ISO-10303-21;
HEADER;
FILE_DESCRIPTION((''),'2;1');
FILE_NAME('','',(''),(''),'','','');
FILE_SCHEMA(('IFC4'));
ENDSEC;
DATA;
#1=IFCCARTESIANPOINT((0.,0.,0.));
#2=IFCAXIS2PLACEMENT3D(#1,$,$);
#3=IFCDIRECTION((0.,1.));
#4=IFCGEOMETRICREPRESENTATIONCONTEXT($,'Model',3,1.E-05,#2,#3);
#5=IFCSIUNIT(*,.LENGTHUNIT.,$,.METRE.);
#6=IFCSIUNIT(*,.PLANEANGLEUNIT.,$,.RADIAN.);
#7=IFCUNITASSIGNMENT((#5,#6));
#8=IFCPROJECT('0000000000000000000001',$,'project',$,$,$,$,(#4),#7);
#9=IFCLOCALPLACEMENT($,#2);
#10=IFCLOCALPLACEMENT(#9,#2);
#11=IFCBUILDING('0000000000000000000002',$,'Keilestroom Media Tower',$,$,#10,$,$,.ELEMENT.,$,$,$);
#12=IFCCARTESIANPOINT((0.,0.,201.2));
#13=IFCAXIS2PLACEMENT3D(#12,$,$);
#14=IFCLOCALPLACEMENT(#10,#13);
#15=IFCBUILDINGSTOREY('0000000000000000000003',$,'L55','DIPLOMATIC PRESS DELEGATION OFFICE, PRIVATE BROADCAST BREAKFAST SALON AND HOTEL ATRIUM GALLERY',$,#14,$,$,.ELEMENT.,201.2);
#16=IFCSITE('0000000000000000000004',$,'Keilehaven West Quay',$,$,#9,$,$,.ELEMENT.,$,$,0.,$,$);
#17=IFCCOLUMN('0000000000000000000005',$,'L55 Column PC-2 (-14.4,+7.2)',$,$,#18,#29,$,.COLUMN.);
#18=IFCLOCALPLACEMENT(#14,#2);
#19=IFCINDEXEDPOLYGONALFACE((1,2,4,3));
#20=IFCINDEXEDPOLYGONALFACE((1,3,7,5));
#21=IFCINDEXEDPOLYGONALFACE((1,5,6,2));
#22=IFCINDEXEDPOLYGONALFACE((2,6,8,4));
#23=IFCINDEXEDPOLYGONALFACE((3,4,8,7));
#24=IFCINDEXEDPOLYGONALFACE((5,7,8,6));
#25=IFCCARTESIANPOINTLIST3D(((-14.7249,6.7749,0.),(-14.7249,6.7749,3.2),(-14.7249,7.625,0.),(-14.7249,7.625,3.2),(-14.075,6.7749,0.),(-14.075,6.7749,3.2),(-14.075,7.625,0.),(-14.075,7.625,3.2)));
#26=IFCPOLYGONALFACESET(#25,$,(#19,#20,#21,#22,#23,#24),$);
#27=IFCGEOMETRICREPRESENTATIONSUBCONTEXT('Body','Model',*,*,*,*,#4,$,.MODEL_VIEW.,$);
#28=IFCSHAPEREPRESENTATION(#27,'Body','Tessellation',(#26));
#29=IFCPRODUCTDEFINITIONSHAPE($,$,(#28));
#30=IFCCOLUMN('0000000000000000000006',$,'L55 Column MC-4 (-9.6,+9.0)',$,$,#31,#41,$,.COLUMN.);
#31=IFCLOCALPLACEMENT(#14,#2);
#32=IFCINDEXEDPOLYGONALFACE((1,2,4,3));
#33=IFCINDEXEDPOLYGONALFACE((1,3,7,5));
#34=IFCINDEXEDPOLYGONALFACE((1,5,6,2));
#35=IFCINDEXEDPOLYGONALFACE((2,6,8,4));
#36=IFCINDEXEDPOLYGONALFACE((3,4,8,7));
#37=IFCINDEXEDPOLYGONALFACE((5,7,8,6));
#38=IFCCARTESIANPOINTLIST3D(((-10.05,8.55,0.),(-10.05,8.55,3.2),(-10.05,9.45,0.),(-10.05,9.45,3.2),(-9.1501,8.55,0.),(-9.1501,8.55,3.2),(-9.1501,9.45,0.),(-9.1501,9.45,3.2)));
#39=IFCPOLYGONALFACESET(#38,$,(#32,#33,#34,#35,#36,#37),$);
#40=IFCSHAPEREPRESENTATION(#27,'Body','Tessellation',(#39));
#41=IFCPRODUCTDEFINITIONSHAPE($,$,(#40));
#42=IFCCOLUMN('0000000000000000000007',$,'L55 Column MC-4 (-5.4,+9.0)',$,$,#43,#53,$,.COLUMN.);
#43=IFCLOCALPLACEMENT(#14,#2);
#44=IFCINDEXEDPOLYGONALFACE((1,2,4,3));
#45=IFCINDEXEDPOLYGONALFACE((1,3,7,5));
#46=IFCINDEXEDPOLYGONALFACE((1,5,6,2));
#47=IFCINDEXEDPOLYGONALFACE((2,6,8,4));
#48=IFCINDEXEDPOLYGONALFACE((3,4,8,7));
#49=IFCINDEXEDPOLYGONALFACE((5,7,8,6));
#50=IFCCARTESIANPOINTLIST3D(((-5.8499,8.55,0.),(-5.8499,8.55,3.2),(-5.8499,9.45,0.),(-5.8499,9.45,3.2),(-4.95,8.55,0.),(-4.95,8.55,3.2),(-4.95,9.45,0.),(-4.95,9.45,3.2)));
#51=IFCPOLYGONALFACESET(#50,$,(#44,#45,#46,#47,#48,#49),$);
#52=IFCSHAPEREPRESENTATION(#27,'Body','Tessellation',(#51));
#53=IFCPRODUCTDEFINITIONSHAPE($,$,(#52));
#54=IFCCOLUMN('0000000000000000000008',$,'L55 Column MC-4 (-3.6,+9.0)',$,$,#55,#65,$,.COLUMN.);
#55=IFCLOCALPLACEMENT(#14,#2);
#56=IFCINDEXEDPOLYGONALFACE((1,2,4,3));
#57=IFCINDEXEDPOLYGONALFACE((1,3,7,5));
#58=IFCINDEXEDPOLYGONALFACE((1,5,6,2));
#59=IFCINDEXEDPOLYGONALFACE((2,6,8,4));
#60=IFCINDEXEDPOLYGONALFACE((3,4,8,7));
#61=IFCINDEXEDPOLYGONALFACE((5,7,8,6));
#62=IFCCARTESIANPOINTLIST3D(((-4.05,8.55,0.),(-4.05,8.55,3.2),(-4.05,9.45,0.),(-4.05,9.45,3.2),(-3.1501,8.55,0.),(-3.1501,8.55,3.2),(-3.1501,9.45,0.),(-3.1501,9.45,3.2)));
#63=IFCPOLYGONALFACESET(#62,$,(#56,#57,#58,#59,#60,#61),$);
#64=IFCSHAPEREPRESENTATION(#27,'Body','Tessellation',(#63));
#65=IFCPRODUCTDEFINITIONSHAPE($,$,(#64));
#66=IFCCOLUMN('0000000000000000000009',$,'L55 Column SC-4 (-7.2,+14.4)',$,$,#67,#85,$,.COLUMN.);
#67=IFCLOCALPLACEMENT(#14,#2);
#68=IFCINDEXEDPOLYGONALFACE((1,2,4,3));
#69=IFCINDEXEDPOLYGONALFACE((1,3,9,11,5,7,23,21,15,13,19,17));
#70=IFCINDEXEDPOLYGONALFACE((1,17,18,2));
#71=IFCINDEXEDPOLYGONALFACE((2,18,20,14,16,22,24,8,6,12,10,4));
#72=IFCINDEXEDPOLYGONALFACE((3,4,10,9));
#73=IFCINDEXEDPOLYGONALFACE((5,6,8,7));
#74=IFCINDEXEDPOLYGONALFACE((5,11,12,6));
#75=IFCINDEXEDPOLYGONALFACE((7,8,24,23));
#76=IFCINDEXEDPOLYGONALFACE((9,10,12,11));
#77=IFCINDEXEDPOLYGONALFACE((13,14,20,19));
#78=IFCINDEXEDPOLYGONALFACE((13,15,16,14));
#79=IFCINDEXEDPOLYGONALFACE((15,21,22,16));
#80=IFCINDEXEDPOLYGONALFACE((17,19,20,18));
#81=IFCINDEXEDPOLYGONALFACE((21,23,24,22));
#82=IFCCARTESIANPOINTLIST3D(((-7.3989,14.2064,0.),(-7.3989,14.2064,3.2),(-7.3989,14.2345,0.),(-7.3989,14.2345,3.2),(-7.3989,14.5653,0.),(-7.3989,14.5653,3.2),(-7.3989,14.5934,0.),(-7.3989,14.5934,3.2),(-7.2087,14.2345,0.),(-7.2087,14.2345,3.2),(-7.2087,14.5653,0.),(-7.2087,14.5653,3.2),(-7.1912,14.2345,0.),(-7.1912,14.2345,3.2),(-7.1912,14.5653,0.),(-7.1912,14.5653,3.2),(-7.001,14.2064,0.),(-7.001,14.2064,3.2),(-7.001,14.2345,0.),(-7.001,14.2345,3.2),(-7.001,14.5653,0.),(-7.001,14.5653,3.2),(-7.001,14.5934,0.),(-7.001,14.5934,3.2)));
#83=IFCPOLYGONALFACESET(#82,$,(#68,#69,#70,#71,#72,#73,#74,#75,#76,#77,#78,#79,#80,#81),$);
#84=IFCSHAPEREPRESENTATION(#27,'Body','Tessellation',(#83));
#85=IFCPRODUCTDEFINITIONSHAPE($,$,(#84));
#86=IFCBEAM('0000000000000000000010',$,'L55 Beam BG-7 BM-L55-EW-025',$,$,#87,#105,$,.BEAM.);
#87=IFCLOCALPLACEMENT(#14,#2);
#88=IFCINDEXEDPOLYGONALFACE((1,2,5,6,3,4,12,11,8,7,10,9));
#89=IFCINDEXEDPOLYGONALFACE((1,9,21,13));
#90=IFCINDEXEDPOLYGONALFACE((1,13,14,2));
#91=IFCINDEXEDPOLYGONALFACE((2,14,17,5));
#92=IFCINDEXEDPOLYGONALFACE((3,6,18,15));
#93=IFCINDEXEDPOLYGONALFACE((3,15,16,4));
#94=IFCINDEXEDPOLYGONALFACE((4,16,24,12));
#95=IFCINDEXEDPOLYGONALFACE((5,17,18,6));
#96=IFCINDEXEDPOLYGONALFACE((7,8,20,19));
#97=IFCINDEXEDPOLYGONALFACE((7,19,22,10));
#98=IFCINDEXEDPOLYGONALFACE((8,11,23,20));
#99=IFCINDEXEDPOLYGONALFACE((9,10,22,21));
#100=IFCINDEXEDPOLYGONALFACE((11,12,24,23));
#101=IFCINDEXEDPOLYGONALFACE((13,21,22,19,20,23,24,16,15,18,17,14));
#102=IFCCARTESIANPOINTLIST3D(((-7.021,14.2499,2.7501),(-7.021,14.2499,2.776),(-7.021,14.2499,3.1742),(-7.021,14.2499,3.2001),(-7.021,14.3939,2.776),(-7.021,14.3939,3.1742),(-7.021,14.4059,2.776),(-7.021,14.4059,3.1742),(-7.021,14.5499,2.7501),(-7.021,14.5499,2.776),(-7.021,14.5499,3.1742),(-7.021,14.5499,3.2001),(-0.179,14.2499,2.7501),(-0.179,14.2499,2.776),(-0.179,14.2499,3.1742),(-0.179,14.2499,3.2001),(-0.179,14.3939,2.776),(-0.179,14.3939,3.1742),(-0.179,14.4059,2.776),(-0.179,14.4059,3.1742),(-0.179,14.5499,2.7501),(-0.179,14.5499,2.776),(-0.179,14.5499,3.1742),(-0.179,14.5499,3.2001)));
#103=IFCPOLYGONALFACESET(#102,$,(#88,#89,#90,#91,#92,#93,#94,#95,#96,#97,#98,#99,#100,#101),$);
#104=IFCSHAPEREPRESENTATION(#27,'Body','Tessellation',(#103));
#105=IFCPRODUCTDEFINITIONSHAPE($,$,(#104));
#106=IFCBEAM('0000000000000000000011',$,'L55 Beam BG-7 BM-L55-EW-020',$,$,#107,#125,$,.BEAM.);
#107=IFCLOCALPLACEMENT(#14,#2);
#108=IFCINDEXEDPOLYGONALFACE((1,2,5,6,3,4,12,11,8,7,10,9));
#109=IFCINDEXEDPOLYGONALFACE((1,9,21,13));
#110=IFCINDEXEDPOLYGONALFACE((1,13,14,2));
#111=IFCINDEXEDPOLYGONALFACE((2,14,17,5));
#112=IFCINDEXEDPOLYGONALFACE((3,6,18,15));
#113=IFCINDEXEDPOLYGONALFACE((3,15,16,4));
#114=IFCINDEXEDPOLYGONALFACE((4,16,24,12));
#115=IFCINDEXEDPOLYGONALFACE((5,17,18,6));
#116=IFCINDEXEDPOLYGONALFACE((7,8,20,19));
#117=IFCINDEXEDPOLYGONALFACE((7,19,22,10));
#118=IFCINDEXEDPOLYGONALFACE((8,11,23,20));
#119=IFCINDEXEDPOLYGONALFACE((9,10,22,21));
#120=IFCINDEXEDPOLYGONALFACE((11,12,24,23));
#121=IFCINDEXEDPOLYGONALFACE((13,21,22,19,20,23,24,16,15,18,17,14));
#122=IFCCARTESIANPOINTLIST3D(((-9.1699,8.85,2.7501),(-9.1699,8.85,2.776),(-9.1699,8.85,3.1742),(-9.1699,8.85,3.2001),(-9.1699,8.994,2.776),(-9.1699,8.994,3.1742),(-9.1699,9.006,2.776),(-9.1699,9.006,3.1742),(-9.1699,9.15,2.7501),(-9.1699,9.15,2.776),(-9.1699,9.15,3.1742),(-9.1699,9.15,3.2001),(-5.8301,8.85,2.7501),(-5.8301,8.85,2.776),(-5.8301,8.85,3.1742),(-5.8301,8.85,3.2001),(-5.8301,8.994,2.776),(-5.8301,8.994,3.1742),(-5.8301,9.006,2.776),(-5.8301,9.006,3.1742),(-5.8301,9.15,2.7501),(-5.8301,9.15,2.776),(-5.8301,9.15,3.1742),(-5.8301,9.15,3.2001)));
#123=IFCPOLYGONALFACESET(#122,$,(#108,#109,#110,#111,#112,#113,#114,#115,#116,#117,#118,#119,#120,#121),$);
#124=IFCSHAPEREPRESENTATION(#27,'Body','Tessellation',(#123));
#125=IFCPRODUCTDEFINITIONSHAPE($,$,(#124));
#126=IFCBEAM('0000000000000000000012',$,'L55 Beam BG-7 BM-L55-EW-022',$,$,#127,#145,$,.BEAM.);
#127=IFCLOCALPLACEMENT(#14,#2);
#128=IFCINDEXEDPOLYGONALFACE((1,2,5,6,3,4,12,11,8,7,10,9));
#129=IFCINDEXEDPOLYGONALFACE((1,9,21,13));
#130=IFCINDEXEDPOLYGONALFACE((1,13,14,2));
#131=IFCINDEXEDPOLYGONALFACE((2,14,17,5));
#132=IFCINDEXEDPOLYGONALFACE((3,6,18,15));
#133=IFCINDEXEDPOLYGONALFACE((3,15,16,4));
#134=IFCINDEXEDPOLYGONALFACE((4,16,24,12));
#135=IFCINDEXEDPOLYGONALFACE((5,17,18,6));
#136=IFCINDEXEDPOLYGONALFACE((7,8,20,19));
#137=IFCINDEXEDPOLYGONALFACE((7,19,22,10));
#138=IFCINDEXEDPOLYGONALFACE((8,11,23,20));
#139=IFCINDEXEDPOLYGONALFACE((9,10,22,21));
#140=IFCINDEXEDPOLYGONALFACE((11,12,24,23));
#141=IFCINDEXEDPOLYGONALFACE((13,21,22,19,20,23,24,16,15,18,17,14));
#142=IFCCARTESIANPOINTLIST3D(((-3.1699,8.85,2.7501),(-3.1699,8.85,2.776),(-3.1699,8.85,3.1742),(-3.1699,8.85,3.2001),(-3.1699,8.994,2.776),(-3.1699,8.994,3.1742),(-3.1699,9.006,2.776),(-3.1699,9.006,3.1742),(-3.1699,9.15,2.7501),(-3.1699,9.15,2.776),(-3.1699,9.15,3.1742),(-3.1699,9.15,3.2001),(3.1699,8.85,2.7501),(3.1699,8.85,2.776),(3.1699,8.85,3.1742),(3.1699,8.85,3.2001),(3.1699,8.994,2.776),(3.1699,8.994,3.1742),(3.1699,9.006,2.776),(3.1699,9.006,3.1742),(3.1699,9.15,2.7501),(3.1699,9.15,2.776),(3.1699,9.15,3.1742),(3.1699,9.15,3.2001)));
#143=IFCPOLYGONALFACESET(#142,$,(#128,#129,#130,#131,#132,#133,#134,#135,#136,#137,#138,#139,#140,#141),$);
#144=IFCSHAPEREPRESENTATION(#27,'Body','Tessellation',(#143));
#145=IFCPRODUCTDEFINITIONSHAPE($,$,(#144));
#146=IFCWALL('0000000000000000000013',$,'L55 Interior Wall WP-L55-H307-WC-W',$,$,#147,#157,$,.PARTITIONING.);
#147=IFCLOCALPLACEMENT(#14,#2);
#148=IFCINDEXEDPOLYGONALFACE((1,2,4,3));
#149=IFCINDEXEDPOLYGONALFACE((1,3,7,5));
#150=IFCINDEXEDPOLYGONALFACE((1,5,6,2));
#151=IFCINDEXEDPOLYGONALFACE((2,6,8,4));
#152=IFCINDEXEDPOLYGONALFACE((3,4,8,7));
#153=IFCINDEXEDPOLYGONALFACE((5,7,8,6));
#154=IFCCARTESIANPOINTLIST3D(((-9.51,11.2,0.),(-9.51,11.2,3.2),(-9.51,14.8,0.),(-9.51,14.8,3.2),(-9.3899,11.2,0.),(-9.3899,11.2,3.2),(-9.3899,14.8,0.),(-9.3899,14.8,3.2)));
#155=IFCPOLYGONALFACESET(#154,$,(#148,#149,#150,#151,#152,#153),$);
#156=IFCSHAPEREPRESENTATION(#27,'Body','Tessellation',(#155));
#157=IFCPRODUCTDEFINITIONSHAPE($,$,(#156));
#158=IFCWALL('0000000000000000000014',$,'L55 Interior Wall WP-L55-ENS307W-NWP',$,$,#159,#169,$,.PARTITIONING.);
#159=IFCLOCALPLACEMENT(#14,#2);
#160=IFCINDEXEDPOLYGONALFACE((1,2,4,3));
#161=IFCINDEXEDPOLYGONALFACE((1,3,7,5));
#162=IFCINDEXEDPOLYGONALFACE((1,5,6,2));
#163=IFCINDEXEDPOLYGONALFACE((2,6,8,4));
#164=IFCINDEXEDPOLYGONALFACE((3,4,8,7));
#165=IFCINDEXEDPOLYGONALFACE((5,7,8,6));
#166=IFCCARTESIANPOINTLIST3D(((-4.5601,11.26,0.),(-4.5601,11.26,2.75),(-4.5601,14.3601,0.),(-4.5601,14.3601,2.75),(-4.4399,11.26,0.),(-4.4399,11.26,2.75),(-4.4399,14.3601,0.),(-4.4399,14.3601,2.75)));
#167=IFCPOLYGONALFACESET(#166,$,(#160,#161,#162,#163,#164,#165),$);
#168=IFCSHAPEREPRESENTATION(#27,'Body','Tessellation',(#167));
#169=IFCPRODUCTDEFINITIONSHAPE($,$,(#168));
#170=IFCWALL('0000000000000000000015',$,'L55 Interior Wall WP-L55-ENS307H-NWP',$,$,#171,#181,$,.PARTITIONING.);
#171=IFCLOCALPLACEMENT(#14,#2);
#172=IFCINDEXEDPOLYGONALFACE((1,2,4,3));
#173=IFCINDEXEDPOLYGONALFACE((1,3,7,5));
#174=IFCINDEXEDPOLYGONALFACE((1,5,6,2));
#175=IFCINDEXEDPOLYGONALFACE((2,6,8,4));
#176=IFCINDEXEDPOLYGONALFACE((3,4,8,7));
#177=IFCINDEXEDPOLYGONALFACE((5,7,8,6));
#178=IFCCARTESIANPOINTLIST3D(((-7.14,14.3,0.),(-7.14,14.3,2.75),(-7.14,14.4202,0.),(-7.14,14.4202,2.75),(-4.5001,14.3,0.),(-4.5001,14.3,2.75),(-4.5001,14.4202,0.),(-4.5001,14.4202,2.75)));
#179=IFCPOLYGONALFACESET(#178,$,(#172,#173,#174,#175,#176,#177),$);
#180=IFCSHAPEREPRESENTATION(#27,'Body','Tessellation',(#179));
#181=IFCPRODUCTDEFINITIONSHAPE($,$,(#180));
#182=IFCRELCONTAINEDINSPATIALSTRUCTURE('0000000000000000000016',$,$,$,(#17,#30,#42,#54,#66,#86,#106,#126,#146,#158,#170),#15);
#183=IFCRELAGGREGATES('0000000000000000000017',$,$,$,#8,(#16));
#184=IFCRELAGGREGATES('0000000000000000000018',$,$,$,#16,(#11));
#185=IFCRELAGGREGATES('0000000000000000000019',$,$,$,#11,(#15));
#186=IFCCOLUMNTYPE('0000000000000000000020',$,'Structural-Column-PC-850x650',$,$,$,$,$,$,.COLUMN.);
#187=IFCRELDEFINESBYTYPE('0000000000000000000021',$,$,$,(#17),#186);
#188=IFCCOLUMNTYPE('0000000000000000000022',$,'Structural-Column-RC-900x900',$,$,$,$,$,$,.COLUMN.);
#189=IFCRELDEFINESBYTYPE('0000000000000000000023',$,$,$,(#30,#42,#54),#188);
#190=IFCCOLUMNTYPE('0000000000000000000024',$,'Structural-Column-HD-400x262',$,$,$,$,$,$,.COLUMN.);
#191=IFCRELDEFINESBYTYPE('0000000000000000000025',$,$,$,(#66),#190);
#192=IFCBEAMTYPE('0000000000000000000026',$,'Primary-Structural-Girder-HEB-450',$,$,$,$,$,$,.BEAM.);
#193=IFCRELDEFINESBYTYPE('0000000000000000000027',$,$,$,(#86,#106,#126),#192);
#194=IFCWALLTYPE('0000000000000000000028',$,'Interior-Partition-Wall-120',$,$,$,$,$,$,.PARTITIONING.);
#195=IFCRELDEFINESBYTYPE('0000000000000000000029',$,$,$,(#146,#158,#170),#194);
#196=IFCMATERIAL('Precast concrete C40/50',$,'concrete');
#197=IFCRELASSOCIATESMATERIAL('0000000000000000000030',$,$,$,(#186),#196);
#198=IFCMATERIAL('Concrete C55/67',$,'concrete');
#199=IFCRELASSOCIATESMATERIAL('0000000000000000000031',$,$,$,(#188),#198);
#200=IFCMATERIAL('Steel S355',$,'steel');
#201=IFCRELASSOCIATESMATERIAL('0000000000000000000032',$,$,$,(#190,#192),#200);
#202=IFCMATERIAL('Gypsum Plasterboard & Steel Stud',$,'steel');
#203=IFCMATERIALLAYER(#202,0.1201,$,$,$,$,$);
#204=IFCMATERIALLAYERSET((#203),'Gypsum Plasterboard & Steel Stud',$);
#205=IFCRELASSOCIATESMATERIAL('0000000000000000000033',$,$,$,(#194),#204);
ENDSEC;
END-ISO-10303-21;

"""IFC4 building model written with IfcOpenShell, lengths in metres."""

from ifc_helpers import new_model, si_unit, direction, frame, frame_2d, origin, origin_2d, place, context, subcontext, project, spatial, rectangle, i_section, extrude, source, transform, mapped, material, layer, layer_set, material_profile, profile_set, type_object, element, save


model = new_model("IFC4")

# Units and contexts
model_context = context("Model", 3, precision=1e-05, world=origin(), true_north=direction((0.0, 1.0)))
body_context = subcontext(model_context, "Body", "Model", "MODEL_VIEW")
ifc_project = project(units=[si_unit("LENGTHUNIT", "METRE"), si_unit("PLANEANGLEUNIT", "RADIAN")], contexts=[model_context])

# Site, building, storey
site_placement = place(None, origin())
site = spatial("IfcSite", under=ifc_project, at=site_placement, Name="Keilehaven West Quay", CompositionType="ELEMENT", RefElevation=0.0)
building_placement = place(site_placement, origin())
building = spatial("IfcBuilding", under=site, at=building_placement, Name="Keilestroom Media Tower", CompositionType="ELEMENT")
storey_placement = place(building_placement, frame((0.0, 0.0, 201.2)))
storey = spatial("IfcBuildingStorey", under=building, at=storey_placement, Name="L55", Description="DIPLOMATIC PRESS DELEGATION OFFICE, PRIVATE BROADCAST BREAKFAST SALON AND HOTEL ATRIUM GALLERY", CompositionType="ELEMENT", Elevation=201.2)

# Columns
ifc_material_1 = material(Name="Precast concrete C40/50", Category="concrete")
ifc_material_profile_1 = material_profile(ifc_material_1, rectangle(XDim=0.6499, YDim=0.8501, at=origin_2d()), Name="PC 850x650")
ifc_profile_set_1 = profile_set([ifc_material_profile_1], Name="Precast concrete C40/50")
column_type_1 = type_object("IfcColumnType", Name="Structural-Column-PC-850x650", PredefinedType="COLUMN", material=ifc_profile_set_1)
shared_shape_1 = source(origin(), body_context, "Body", "SweptSolid", [
    extrude(rectangle(XDim=0.6499, YDim=0.8501, at=origin_2d()), origin(), (0.0, 0.0, 1.0), 3.2),
])
column_1_placement = place(storey_placement, frame((-14.3999, 7.2, 0.0), z_axis=(0.0, 0.0, 1.0), x_axis=(1.0, 0.0, 0.0)))
element("IfcColumn", 1, at=column_1_placement, inside=storey, type_object=column_type_1, Name="L55 Column PC-2 (-14.4,+7.2)", PredefinedType="COLUMN", context=body_context, shape_type="MappedRepresentation", body=[
    mapped(shared_shape_1, transform((0.0, 0.0, 0.0), x_axis=(1.0, 0.0, 0.0), y_axis=(0.0, 1.0, 0.0), z_axis=(0.0, 0.0, 1.0), scale=1.0)),
])
ifc_material_2 = material(Name="Concrete C55/67", Category="concrete")
ifc_material_profile_2 = material_profile(ifc_material_2, rectangle(XDim=0.8999, YDim=0.8999, at=origin_2d()), Name="RC 900x900")
ifc_profile_set_2 = profile_set([ifc_material_profile_2], Name="Concrete C55/67")
column_type_2 = type_object("IfcColumnType", Name="Structural-Column-RC-900x900", PredefinedType="COLUMN", material=ifc_profile_set_2)
shared_shape_2 = source(origin(), body_context, "Body", "SweptSolid", [
    extrude(rectangle(XDim=0.8999, YDim=0.8999, at=origin_2d()), origin(), (0.0, 0.0, 1.0), 3.2),
])
for number, where, z_axis, x_axis, name in (
    (2, (-9.6001, 9.0, 0.0), (0.0, 0.0, 1.0), (1.0, 0.0, 0.0), "L55 Column MC-4 (-9.6,+9.0)"),
    (3, (-5.3999, 9.0, 0.0), (0.0, 0.0, 1.0), (1.0, 0.0, 0.0), "L55 Column MC-4 (-5.4,+9.0)"),
    (4, (-3.6001, 9.0, 0.0), (0.0, 0.0, 1.0), (1.0, 0.0, 0.0), "L55 Column MC-4 (-3.6,+9.0)"),
):
    element("IfcColumn", number, at=place(storey_placement, frame(where, z_axis=z_axis, x_axis=x_axis)), inside=storey, type_object=column_type_2, Name=name, PredefinedType="COLUMN", context=body_context, shape_type="MappedRepresentation", body=[
        mapped(shared_shape_2, transform((0.0, 0.0, 0.0), x_axis=(1.0, 0.0, 0.0), y_axis=(0.0, 1.0, 0.0), z_axis=(0.0, 0.0, 1.0), scale=1.0)),
    ])
ifc_material_3 = material(Name="Steel S355", Category="steel")
ifc_material_profile_3 = material_profile(ifc_material_3, i_section(OverallWidth=0.3979, OverallDepth=0.387, WebThickness=0.0176, FlangeThickness=0.0281, at=origin_2d()), Name="HD 400x262")
ifc_profile_set_3 = profile_set([ifc_material_profile_3], Name="Steel S355")
column_type_3 = type_object("IfcColumnType", Name="Structural-Column-HD-400x262", PredefinedType="COLUMN", material=ifc_profile_set_3)
shared_shape_3 = source(origin(), body_context, "Body", "SweptSolid", [
    extrude(i_section(OverallWidth=0.3979, OverallDepth=0.387, WebThickness=0.0176, FlangeThickness=0.0281, at=origin_2d()), origin(), (0.0, 0.0, 1.0), 3.2),
])
column_2_placement = place(storey_placement, frame((-7.2, 14.3999, 0.0), z_axis=(0.0, 0.0, 1.0), x_axis=(1.0, 0.0, 0.0)))
element("IfcColumn", 5, at=column_2_placement, inside=storey, type_object=column_type_3, Name="L55 Column SC-4 (-7.2,+14.4)", PredefinedType="COLUMN", context=body_context, shape_type="MappedRepresentation", body=[
    mapped(shared_shape_3, transform((0.0, 0.0, 0.0), x_axis=(1.0, 0.0, 0.0), y_axis=(0.0, 1.0, 0.0), z_axis=(0.0, 0.0, 1.0), scale=1.0)),
])

# Beams
ifc_material_profile_4 = material_profile(ifc_material_3, i_section(OverallWidth=0.3, OverallDepth=0.45, WebThickness=0.012, FlangeThickness=0.0259, at=origin_2d()), Name="HEB 450")
ifc_profile_set_4 = profile_set([ifc_material_profile_4], Name="Steel S355")
beam_type = type_object("IfcBeamType", Name="Primary-Structural-Girder-HEB-450", PredefinedType="BEAM", material=ifc_profile_set_4)
shared_shape_4 = source(origin(), body_context, "Body", "SweptSolid", [
    extrude(i_section(OverallWidth=0.3, OverallDepth=0.45, WebThickness=0.012, FlangeThickness=0.0259, at=origin_2d()), origin(), (0.0, 0.0, 1.0), 6.842),
])
beam_1_placement = place(storey_placement, frame((-7.021, 14.3999, 2.9751), z_axis=(1.0, 0.0, 0.0), x_axis=(0.0, 1.0, 0.0)))
element("IfcBeam", 6, at=beam_1_placement, inside=storey, type_object=beam_type, Name="L55 Beam BG-7 BM-L55-EW-025", PredefinedType="BEAM", context=body_context, shape_type="MappedRepresentation", body=[
    mapped(shared_shape_4, transform((0.0, 0.0, 0.0), x_axis=(1.0, 0.0, 0.0), y_axis=(0.0, 1.0, 0.0), z_axis=(0.0, 0.0, 1.0), scale=1.0)),
])
shared_shape_5 = source(origin(), body_context, "Body", "SweptSolid", [
    extrude(i_section(OverallWidth=0.3, OverallDepth=0.45, WebThickness=0.012, FlangeThickness=0.0259, at=origin_2d()), origin(), (0.0, 0.0, 1.0), 3.3398),
])
beam_2_placement = place(storey_placement, frame((-9.1699, 9.0, 2.9751), z_axis=(1.0, 0.0, 0.0), x_axis=(0.0, 1.0, 0.0)))
element("IfcBeam", 7, at=beam_2_placement, inside=storey, type_object=beam_type, Name="L55 Beam BG-7 BM-L55-EW-020", PredefinedType="BEAM", context=body_context, shape_type="MappedRepresentation", body=[
    mapped(shared_shape_5, transform((0.0, 0.0, 0.0), x_axis=(1.0, 0.0, 0.0), y_axis=(0.0, 1.0, 0.0), z_axis=(0.0, 0.0, 1.0), scale=1.0)),
])
shared_shape_6 = source(origin(), body_context, "Body", "SweptSolid", [
    extrude(i_section(OverallWidth=0.3, OverallDepth=0.45, WebThickness=0.012, FlangeThickness=0.0259, at=origin_2d()), origin(), (0.0, 0.0, 1.0), 6.3398),
])
beam_3_placement = place(storey_placement, frame((-3.1699, 9.0, 2.9751), z_axis=(1.0, 0.0, 0.0), x_axis=(0.0, 1.0, 0.0)))
element("IfcBeam", 8, at=beam_3_placement, inside=storey, type_object=beam_type, Name="L55 Beam BG-7 BM-L55-EW-022", PredefinedType="BEAM", context=body_context, shape_type="MappedRepresentation", body=[
    mapped(shared_shape_6, transform((0.0, 0.0, 0.0), x_axis=(1.0, 0.0, 0.0), y_axis=(0.0, 1.0, 0.0), z_axis=(0.0, 0.0, 1.0), scale=1.0)),
])

# Walls
ifc_material_4 = material(Name="Gypsum Plasterboard & Steel Stud", Category="steel")
ifc_layer_1 = layer(ifc_material_4, 0.1201)
ifc_layer_set_1 = layer_set([ifc_layer_1], Name="Gypsum Plasterboard & Steel Stud")
wall_type_1 = type_object("IfcWallType", Name="Interior-Partition-Wall-120", PredefinedType="PARTITIONING", material=ifc_layer_set_1)
wall_1_placement = place(storey_placement, frame((-9.45, 11.2, 0.0), z_axis=(0.0, 0.0, 1.0), x_axis=(0.0, 1.0, 0.0)))
element("IfcWall", 9, at=wall_1_placement, inside=storey, type_object=wall_type_1, Name="L55 Interior Wall WP-L55-H307-WC-W", PredefinedType="PARTITIONING", context=body_context, shape_type="SweptSolid", body=[
    extrude(rectangle(XDim=3.6001, YDim=0.1201, at=frame_2d((1.8, 0.0))), origin(), (0.0, 0.0, 1.0), 3.2),
])
wall_2_placement = place(storey_placement, frame((-4.5, 11.26, 0.0), z_axis=(0.0, 0.0, 1.0), x_axis=(0.0, 1.0, 0.0)))
element("IfcWall", 10, at=wall_2_placement, inside=storey, type_object=wall_type_1, Name="L55 Interior Wall WP-L55-ENS307W-NWP", PredefinedType="PARTITIONING", context=body_context, shape_type="SweptSolid", body=[
    extrude(rectangle(XDim=3.1001, YDim=0.1201, at=frame_2d((1.55, 0.0))), origin(), (0.0, 0.0, 1.0), 2.75),
])
wall_3_placement = place(storey_placement, frame((-7.1399, 14.3601, 0.0), z_axis=(0.0, 0.0, 1.0), x_axis=(1.0, 0.0, 0.0)))
element("IfcWall", 11, at=wall_3_placement, inside=storey, type_object=wall_type_1, Name="L55 Interior Wall WP-L55-ENS307H-NWP", PredefinedType="PARTITIONING", context=body_context, shape_type="SweptSolid", body=[
    extrude(rectangle(XDim=2.6399, YDim=0.1201, at=frame_2d((1.3198, 0.0))), origin(), (0.0, 0.0, 1.0), 2.75),
])

save(model, "model.ifc")
